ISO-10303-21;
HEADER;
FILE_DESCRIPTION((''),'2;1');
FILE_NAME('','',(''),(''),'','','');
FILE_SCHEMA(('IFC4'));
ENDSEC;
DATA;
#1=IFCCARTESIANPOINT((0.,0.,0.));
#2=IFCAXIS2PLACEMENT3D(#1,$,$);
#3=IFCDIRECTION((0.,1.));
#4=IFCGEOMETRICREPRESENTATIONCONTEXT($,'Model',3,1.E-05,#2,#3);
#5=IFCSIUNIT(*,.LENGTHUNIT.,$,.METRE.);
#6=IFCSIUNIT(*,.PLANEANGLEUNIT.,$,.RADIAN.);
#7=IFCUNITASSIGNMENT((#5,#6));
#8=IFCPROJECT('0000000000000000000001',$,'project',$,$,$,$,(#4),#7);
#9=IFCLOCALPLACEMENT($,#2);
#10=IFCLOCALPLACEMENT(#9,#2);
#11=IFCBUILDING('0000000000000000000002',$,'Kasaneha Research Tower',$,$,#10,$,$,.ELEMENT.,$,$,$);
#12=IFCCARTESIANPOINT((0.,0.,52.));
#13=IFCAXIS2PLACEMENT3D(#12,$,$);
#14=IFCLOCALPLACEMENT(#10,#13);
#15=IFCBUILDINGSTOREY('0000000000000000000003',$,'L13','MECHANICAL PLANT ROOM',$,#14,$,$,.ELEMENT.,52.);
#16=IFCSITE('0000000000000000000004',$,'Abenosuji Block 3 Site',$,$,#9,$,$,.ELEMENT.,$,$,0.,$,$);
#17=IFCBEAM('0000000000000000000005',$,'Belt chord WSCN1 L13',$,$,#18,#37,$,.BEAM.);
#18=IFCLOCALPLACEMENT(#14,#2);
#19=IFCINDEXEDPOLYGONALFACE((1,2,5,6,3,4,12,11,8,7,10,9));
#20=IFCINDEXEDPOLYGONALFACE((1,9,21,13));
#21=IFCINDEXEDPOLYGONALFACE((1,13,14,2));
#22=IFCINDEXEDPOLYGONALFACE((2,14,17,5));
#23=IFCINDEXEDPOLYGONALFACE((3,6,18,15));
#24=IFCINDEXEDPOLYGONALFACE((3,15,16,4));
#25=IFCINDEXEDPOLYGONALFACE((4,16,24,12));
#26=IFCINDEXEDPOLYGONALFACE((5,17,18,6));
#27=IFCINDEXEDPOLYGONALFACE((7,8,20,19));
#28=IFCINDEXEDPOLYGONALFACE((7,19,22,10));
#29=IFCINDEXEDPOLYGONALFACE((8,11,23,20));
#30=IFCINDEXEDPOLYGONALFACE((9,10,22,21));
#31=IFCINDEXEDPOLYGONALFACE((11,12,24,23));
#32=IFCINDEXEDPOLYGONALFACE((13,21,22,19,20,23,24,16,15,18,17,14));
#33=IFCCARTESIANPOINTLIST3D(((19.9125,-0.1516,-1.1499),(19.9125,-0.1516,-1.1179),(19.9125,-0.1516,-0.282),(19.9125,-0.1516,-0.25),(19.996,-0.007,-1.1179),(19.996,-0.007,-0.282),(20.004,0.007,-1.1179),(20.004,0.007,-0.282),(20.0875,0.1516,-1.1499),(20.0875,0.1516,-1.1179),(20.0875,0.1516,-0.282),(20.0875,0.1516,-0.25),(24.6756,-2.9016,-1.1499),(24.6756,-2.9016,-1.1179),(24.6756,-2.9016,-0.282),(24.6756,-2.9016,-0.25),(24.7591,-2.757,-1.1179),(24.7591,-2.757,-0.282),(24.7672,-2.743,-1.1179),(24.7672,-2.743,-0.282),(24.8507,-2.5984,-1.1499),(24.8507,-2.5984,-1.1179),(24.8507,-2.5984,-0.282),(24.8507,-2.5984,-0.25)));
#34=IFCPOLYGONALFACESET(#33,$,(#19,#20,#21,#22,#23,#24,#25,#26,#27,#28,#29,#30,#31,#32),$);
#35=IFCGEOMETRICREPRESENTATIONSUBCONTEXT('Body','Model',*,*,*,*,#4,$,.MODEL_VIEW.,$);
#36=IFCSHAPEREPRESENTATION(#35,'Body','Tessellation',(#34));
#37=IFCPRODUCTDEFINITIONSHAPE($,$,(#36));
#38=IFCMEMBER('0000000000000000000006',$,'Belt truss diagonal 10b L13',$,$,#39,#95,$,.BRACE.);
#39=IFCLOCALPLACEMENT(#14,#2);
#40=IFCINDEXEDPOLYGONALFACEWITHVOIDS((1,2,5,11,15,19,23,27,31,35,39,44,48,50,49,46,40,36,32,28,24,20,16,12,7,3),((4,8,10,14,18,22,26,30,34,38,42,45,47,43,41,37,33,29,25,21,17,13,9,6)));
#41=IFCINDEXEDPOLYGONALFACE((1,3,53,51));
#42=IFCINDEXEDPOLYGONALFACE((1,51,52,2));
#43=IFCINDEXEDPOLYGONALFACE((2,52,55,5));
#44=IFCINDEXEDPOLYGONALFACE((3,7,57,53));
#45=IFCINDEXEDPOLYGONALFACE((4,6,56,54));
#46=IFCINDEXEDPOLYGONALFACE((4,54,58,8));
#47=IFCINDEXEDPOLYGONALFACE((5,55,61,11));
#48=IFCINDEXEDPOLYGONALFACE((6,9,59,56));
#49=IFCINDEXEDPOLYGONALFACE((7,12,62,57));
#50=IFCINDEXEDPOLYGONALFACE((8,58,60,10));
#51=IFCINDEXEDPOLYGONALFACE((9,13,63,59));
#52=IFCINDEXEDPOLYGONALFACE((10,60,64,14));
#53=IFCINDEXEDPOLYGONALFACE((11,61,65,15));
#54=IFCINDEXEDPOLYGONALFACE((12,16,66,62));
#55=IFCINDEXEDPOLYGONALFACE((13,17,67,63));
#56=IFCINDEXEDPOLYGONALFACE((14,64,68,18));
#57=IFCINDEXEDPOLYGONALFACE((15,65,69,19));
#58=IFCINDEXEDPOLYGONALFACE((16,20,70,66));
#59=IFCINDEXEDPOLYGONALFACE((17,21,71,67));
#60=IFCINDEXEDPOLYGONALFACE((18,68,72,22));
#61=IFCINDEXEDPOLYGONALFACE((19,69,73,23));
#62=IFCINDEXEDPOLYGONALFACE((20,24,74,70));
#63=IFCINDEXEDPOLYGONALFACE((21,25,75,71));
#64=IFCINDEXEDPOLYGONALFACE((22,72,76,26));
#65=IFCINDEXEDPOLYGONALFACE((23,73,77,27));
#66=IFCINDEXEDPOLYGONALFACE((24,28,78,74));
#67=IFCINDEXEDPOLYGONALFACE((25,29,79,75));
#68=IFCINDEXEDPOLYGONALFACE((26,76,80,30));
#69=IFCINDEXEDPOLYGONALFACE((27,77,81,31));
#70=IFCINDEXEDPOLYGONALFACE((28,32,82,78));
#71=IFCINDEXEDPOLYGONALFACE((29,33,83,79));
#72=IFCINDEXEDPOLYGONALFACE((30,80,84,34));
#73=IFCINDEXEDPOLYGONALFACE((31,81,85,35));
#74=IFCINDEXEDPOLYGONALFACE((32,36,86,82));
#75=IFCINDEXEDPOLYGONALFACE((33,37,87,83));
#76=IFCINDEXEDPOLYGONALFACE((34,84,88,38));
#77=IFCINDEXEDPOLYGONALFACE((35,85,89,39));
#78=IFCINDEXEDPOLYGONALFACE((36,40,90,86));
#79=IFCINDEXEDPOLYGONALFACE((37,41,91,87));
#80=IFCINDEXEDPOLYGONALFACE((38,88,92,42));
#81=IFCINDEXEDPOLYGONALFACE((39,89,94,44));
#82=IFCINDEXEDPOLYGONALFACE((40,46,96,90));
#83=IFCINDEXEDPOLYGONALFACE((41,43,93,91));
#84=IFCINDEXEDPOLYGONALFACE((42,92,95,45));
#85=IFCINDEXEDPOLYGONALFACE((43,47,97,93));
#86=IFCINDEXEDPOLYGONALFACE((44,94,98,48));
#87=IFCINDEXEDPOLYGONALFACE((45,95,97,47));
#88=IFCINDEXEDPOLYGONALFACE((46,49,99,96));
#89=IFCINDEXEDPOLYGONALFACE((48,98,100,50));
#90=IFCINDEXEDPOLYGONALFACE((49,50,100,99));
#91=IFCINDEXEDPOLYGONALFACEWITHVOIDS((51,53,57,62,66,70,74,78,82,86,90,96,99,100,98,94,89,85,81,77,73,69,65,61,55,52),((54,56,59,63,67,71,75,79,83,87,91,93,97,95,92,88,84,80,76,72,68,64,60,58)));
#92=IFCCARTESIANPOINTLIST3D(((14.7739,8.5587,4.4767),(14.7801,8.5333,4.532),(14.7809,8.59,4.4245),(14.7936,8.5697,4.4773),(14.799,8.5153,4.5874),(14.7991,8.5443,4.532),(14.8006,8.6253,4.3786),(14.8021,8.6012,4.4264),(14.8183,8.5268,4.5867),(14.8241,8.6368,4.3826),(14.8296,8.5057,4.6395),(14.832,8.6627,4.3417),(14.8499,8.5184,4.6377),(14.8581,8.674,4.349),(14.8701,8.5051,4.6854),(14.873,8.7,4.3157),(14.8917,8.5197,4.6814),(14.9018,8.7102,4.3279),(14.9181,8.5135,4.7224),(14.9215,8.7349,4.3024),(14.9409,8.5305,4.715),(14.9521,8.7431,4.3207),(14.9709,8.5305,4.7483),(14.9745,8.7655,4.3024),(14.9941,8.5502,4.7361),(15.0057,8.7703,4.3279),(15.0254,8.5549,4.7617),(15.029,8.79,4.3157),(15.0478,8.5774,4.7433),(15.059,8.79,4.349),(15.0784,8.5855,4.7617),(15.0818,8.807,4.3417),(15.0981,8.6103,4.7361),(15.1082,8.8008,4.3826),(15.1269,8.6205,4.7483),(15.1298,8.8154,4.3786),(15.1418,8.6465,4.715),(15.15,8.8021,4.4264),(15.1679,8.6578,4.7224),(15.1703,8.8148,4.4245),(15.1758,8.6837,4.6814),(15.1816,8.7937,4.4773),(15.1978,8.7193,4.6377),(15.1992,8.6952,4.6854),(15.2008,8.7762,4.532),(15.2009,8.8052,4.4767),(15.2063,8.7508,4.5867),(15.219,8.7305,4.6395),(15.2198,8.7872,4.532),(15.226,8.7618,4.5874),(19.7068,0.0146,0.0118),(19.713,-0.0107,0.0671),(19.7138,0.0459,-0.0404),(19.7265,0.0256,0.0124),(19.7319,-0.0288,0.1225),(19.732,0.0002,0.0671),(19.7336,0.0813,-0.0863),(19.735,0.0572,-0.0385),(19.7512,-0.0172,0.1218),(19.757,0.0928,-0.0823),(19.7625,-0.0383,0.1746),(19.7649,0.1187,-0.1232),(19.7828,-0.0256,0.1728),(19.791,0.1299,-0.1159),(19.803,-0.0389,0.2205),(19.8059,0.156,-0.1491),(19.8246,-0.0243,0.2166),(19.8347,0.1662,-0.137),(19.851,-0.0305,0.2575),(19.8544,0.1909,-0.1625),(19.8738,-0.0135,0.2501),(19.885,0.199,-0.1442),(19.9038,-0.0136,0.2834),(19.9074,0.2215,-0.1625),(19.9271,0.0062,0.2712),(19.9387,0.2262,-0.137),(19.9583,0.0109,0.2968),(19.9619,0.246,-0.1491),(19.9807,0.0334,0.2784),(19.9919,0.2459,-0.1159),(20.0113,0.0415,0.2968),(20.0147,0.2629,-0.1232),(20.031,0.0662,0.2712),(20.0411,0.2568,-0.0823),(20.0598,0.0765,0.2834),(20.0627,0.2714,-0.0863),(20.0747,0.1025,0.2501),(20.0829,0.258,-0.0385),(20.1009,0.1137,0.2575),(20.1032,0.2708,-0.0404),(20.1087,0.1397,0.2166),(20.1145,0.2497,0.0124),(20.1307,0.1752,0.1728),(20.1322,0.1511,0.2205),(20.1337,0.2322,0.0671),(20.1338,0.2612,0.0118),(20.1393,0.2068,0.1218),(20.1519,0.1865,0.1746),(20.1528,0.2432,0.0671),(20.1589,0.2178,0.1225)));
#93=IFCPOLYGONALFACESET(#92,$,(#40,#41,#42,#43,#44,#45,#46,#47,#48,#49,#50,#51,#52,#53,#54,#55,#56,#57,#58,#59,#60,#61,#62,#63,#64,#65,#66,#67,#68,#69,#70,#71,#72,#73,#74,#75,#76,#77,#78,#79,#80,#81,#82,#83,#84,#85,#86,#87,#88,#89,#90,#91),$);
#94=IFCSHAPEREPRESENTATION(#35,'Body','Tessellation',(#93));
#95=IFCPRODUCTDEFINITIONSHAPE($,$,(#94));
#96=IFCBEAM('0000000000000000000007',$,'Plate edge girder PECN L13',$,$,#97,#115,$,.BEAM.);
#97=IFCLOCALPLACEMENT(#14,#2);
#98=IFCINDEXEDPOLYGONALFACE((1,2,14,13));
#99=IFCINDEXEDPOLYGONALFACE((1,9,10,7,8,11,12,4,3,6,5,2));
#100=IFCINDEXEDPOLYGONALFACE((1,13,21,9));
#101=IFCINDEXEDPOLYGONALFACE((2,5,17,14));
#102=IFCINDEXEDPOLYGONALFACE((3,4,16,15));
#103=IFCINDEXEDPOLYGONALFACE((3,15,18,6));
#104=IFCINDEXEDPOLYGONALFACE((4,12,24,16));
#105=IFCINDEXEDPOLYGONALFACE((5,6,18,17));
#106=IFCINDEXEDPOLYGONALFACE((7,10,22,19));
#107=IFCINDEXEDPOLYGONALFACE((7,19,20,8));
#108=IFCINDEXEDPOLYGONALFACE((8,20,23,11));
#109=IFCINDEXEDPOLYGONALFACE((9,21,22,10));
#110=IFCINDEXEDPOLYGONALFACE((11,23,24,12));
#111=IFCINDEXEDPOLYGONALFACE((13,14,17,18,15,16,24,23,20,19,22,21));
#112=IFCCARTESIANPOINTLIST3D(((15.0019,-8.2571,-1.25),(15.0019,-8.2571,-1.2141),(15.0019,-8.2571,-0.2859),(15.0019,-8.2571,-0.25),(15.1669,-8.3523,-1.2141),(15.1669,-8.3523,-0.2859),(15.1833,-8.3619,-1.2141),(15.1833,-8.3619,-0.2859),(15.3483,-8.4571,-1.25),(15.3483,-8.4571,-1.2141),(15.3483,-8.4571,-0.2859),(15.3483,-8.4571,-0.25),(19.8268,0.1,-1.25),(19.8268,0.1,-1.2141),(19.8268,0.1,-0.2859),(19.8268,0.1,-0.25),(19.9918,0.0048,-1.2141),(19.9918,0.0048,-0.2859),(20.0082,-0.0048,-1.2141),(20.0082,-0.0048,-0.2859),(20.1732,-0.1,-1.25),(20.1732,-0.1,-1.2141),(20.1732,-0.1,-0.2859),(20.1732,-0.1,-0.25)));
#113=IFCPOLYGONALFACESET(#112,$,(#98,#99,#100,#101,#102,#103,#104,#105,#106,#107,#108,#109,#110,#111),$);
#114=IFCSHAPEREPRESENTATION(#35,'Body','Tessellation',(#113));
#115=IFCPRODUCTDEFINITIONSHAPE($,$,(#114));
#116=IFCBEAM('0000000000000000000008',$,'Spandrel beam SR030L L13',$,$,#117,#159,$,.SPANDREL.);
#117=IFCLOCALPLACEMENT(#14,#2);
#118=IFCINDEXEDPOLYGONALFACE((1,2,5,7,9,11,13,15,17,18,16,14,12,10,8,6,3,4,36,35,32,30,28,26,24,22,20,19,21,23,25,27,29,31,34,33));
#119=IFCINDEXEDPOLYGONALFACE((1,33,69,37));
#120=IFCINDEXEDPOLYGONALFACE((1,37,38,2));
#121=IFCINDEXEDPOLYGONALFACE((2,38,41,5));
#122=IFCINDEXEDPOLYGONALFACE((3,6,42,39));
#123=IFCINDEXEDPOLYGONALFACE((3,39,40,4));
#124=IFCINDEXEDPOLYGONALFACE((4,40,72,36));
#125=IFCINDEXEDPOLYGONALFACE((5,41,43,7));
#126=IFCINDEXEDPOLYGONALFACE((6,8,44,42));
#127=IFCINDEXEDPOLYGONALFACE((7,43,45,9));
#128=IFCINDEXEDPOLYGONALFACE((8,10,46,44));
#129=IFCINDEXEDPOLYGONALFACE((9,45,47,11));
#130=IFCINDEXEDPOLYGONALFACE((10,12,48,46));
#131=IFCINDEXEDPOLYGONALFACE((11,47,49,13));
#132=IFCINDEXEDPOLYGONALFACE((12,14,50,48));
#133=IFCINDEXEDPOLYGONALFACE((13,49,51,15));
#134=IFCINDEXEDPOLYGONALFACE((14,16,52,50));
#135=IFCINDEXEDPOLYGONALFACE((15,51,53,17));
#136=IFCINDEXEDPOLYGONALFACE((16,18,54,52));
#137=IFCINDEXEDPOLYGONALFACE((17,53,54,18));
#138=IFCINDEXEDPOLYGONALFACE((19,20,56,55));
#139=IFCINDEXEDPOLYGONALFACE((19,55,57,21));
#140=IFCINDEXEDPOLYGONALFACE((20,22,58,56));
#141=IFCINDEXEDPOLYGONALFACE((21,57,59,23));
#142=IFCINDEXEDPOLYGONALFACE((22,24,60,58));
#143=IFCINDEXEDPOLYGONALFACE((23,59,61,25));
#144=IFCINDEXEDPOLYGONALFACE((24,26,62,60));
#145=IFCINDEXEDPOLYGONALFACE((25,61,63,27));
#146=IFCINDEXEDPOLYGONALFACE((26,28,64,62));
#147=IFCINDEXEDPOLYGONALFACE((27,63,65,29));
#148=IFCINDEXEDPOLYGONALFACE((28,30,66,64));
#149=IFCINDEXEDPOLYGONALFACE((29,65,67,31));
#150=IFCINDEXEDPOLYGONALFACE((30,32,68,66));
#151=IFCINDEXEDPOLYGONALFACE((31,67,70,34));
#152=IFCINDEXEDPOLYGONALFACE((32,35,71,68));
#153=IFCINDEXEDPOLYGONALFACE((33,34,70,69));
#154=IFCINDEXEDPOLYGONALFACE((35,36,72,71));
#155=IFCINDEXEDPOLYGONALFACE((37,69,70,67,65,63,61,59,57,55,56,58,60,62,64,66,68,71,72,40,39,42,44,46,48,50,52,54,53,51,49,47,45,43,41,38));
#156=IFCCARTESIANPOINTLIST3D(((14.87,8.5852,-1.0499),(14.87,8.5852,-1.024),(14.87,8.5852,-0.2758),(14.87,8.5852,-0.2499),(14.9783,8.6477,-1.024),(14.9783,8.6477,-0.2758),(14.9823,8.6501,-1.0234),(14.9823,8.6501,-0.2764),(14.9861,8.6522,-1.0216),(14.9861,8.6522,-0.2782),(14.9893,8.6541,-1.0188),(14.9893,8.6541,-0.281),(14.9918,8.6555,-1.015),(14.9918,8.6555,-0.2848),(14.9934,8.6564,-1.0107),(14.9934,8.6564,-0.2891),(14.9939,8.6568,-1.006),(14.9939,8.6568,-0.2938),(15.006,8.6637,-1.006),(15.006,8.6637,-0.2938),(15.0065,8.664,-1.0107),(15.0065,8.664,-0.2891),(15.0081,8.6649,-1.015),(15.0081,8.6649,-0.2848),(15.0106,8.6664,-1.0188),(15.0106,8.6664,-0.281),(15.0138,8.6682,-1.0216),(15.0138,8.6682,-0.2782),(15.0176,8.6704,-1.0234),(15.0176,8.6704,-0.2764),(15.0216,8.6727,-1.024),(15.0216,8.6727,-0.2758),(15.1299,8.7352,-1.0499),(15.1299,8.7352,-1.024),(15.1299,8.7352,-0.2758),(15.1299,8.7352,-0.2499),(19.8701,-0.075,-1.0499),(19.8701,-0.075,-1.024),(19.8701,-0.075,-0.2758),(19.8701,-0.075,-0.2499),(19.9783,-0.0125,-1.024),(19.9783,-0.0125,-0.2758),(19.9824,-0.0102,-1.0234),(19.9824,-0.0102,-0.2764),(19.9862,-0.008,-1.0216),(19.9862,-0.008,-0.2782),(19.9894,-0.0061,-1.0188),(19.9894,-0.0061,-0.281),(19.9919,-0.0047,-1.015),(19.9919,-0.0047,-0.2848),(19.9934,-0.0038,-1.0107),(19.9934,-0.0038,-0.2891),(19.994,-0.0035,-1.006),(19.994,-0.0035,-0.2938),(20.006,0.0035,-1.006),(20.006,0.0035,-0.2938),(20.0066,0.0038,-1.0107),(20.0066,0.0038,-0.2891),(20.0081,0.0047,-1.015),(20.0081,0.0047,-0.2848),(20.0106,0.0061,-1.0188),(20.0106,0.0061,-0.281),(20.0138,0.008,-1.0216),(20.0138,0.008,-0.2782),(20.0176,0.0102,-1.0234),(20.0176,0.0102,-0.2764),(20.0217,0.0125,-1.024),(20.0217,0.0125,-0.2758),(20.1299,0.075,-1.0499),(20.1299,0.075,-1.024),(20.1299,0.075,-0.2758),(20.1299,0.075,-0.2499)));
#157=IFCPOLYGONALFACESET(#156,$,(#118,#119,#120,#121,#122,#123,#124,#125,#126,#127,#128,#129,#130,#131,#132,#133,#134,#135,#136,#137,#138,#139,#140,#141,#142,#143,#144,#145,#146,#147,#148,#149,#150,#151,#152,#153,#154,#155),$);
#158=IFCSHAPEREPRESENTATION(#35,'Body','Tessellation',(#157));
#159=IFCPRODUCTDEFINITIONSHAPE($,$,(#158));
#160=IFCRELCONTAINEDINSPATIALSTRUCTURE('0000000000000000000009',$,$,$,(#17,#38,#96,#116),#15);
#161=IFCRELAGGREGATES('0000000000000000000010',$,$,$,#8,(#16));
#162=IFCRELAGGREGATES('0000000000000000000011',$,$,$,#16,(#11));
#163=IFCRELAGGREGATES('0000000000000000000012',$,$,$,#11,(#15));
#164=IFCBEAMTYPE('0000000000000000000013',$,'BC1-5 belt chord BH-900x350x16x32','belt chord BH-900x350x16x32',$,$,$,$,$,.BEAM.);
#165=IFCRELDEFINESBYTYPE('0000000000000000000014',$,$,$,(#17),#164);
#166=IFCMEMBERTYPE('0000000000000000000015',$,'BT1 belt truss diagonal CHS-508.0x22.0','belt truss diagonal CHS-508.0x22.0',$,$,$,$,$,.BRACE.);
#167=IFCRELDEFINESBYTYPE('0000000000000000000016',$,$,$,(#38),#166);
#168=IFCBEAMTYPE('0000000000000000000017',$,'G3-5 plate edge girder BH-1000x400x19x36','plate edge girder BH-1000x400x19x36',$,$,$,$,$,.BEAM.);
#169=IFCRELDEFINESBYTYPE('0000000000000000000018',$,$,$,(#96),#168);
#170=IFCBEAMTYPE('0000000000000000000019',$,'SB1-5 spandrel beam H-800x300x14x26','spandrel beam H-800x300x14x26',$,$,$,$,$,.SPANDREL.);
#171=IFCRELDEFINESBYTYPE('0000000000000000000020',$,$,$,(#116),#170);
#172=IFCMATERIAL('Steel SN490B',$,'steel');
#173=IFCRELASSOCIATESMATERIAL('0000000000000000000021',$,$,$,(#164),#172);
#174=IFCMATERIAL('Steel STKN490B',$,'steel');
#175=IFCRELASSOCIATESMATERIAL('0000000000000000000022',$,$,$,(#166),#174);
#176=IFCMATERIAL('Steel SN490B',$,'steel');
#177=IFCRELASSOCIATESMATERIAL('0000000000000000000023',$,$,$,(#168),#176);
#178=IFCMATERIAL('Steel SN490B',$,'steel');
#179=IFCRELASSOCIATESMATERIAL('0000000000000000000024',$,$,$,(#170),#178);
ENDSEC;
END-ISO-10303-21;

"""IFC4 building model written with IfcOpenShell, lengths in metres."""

from ifc_helpers import new_model, si_unit, direction, frame, origin, origin_2d, place, context, subcontext, project, spatial, hollow_circle, i_section, extrude, material, material_profile, profile_set, type_object, element, save


model = new_model("IFC4")

# Units and contexts
model_context = context("Model", 3, precision=1e-05, world=origin(), true_north=direction((0.0, 1.0)))
body_context = subcontext(model_context, "Body", "Model", "MODEL_VIEW")
ifc_project = project(units=[si_unit("LENGTHUNIT", "METRE"), si_unit("PLANEANGLEUNIT", "RADIAN")], contexts=[model_context])

# Site, building, storey
site_placement = place(None, origin())
site = spatial("IfcSite", under=ifc_project, at=site_placement, Name="Abenosuji Block 3 Site", CompositionType="ELEMENT", RefElevation=0.0)
building_placement = place(site_placement, origin())
building = spatial("IfcBuilding", under=site, at=building_placement, Name="Kasaneha Research Tower", CompositionType="ELEMENT")
storey_placement = place(building_placement, frame((0.0, 0.0, 52.0)))
storey = spatial("IfcBuildingStorey", under=building, at=storey_placement, Name="L13", Description="MECHANICAL PLANT ROOM", CompositionType="ELEMENT", Elevation=52.0)

# Beam
ifc_material_1 = material(Name="Steel SN490B", Category="steel")
ifc_material_profile_1 = material_profile(ifc_material_1, i_section(OverallWidth=0.3501, OverallDepth=0.8999, WebThickness=0.0161, FlangeThickness=0.032, at=origin_2d()), Name="BH-900x350x16x32")
ifc_profile_set_1 = profile_set([ifc_material_profile_1], Name="Steel SN490B")
beam_type_1 = type_object("IfcBeamType", Name="BC1-5 belt chord BH-900x350x16x32", Description="belt chord BH-900x350x16x32", PredefinedType="BEAM", material=ifc_profile_set_1)
beam_1_placement = place(storey_placement, frame((20.0, 0.0, -0.7), z_axis=(0.866027, -0.499997, 0.0), x_axis=(0.499997, 0.866027, 0.0)))
element("IfcBeam", 1, at=beam_1_placement, inside=storey, type_object=beam_type_1, Name="Belt chord WSCN1 L13", PredefinedType="BEAM", context=body_context, shape_type="SweptSolid", body=[
    extrude(i_section(OverallWidth=0.3501, OverallDepth=0.8999, WebThickness=0.0161, FlangeThickness=0.032, at=origin_2d()), origin(), (0.0, 0.0, 1.0), 5.5),
])

# Member
ifc_material_2 = material(Name="Steel STKN490B", Category="steel")
ifc_material_profile_2 = material_profile(ifc_material_2, hollow_circle(Radius=0.2539, WallThickness=0.022, at=origin_2d()), Name="CHS-508.0x22.0")
ifc_profile_set_2 = profile_set([ifc_material_profile_2], Name="Steel STKN490B")
member_type = type_object("IfcMemberType", Name="BT1 belt truss diagonal CHS-508.0x22.0", Description="belt truss diagonal CHS-508.0x22.0", PredefinedType="BRACE", material=ifc_profile_set_2)
member_placement = place(storey_placement, frame((19.9329, 0.1162, 0.0671), z_axis=(-0.455524, 0.788988, 0.412305), x_axis=(-0.866025, -0.500001, 0.0)))
element("IfcMember", 2, at=member_placement, inside=storey, type_object=member_type, Name="Belt truss diagonal 10b L13", PredefinedType="BRACE", context=body_context, shape_type="SweptSolid", body=[
    extrude(hollow_circle(Radius=0.2539, WallThickness=0.022, at=origin_2d()), origin(), (0.0, 0.0, 1.0), 10.8291),
])

# Beams
ifc_material_3 = material(Name="Steel SN490B", Category="steel")
ifc_material_profile_3 = material_profile(ifc_material_3, i_section(OverallWidth=0.3999, OverallDepth=1.0, WebThickness=0.019, FlangeThickness=0.0359, at=origin_2d()), Name="BH-1000x400x19x36")
ifc_profile_set_3 = profile_set([ifc_material_profile_3], Name="Steel SN490B")
beam_type_2 = type_object("IfcBeamType", Name="G3-5 plate edge girder BH-1000x400x19x36", Description="plate edge girder BH-1000x400x19x36", PredefinedType="BEAM", material=ifc_profile_set_3)
beam_2_placement = place(storey_placement, frame((20.0, 0.0, -0.75), z_axis=(-0.499995, -0.866028, 0.0), x_axis=(0.866028, -0.499995, 0.0)))
element("IfcBeam", 3, at=beam_2_placement, inside=storey, type_object=beam_type_2, Name="Plate edge girder PECN L13", PredefinedType="BEAM", context=body_context, shape_type="SweptSolid", body=[
    extrude(i_section(OverallWidth=0.3999, OverallDepth=1.0, WebThickness=0.019, FlangeThickness=0.0359, at=origin_2d()), origin(), (0.0, 0.0, 1.0), 9.6499),
])
ifc_material_4 = material(Name="Steel SN490B", Category="steel")
ifc_material_profile_4 = material_profile(ifc_material_4, i_section(OverallWidth=0.3, OverallDepth=0.8, WebThickness=0.0139, FlangeThickness=0.0259, FilletRadius=0.0181, at=origin_2d()), Name="H-800x300x14x26")
ifc_profile_set_4 = profile_set([ifc_material_profile_4], Name="Steel SN490B")
beam_type_3 = type_object("IfcBeamType", Name="SB1-5 spandrel beam H-800x300x14x26", Description="spandrel beam H-800x300x14x26", PredefinedType="SPANDREL", material=ifc_profile_set_4)
beam_3_placement = place(storey_placement, frame((20.0, 0.0, -0.6499), z_axis=(-0.500004, 0.866023, 0.0), x_axis=(-0.866023, -0.500004, 0.0)))
element("IfcBeam", 4, at=beam_3_placement, inside=storey, type_object=beam_type_3, Name="Spandrel beam SR030L L13", PredefinedType="SPANDREL", context=body_context, shape_type="SweptSolid", body=[
    extrude(i_section(OverallWidth=0.3, OverallDepth=0.8, WebThickness=0.0139, FlangeThickness=0.0259, FilletRadius=0.0181, at=origin_2d()), origin(), (0.0, 0.0, 1.0), 10.0),
])

save(model, "model.ifc")
